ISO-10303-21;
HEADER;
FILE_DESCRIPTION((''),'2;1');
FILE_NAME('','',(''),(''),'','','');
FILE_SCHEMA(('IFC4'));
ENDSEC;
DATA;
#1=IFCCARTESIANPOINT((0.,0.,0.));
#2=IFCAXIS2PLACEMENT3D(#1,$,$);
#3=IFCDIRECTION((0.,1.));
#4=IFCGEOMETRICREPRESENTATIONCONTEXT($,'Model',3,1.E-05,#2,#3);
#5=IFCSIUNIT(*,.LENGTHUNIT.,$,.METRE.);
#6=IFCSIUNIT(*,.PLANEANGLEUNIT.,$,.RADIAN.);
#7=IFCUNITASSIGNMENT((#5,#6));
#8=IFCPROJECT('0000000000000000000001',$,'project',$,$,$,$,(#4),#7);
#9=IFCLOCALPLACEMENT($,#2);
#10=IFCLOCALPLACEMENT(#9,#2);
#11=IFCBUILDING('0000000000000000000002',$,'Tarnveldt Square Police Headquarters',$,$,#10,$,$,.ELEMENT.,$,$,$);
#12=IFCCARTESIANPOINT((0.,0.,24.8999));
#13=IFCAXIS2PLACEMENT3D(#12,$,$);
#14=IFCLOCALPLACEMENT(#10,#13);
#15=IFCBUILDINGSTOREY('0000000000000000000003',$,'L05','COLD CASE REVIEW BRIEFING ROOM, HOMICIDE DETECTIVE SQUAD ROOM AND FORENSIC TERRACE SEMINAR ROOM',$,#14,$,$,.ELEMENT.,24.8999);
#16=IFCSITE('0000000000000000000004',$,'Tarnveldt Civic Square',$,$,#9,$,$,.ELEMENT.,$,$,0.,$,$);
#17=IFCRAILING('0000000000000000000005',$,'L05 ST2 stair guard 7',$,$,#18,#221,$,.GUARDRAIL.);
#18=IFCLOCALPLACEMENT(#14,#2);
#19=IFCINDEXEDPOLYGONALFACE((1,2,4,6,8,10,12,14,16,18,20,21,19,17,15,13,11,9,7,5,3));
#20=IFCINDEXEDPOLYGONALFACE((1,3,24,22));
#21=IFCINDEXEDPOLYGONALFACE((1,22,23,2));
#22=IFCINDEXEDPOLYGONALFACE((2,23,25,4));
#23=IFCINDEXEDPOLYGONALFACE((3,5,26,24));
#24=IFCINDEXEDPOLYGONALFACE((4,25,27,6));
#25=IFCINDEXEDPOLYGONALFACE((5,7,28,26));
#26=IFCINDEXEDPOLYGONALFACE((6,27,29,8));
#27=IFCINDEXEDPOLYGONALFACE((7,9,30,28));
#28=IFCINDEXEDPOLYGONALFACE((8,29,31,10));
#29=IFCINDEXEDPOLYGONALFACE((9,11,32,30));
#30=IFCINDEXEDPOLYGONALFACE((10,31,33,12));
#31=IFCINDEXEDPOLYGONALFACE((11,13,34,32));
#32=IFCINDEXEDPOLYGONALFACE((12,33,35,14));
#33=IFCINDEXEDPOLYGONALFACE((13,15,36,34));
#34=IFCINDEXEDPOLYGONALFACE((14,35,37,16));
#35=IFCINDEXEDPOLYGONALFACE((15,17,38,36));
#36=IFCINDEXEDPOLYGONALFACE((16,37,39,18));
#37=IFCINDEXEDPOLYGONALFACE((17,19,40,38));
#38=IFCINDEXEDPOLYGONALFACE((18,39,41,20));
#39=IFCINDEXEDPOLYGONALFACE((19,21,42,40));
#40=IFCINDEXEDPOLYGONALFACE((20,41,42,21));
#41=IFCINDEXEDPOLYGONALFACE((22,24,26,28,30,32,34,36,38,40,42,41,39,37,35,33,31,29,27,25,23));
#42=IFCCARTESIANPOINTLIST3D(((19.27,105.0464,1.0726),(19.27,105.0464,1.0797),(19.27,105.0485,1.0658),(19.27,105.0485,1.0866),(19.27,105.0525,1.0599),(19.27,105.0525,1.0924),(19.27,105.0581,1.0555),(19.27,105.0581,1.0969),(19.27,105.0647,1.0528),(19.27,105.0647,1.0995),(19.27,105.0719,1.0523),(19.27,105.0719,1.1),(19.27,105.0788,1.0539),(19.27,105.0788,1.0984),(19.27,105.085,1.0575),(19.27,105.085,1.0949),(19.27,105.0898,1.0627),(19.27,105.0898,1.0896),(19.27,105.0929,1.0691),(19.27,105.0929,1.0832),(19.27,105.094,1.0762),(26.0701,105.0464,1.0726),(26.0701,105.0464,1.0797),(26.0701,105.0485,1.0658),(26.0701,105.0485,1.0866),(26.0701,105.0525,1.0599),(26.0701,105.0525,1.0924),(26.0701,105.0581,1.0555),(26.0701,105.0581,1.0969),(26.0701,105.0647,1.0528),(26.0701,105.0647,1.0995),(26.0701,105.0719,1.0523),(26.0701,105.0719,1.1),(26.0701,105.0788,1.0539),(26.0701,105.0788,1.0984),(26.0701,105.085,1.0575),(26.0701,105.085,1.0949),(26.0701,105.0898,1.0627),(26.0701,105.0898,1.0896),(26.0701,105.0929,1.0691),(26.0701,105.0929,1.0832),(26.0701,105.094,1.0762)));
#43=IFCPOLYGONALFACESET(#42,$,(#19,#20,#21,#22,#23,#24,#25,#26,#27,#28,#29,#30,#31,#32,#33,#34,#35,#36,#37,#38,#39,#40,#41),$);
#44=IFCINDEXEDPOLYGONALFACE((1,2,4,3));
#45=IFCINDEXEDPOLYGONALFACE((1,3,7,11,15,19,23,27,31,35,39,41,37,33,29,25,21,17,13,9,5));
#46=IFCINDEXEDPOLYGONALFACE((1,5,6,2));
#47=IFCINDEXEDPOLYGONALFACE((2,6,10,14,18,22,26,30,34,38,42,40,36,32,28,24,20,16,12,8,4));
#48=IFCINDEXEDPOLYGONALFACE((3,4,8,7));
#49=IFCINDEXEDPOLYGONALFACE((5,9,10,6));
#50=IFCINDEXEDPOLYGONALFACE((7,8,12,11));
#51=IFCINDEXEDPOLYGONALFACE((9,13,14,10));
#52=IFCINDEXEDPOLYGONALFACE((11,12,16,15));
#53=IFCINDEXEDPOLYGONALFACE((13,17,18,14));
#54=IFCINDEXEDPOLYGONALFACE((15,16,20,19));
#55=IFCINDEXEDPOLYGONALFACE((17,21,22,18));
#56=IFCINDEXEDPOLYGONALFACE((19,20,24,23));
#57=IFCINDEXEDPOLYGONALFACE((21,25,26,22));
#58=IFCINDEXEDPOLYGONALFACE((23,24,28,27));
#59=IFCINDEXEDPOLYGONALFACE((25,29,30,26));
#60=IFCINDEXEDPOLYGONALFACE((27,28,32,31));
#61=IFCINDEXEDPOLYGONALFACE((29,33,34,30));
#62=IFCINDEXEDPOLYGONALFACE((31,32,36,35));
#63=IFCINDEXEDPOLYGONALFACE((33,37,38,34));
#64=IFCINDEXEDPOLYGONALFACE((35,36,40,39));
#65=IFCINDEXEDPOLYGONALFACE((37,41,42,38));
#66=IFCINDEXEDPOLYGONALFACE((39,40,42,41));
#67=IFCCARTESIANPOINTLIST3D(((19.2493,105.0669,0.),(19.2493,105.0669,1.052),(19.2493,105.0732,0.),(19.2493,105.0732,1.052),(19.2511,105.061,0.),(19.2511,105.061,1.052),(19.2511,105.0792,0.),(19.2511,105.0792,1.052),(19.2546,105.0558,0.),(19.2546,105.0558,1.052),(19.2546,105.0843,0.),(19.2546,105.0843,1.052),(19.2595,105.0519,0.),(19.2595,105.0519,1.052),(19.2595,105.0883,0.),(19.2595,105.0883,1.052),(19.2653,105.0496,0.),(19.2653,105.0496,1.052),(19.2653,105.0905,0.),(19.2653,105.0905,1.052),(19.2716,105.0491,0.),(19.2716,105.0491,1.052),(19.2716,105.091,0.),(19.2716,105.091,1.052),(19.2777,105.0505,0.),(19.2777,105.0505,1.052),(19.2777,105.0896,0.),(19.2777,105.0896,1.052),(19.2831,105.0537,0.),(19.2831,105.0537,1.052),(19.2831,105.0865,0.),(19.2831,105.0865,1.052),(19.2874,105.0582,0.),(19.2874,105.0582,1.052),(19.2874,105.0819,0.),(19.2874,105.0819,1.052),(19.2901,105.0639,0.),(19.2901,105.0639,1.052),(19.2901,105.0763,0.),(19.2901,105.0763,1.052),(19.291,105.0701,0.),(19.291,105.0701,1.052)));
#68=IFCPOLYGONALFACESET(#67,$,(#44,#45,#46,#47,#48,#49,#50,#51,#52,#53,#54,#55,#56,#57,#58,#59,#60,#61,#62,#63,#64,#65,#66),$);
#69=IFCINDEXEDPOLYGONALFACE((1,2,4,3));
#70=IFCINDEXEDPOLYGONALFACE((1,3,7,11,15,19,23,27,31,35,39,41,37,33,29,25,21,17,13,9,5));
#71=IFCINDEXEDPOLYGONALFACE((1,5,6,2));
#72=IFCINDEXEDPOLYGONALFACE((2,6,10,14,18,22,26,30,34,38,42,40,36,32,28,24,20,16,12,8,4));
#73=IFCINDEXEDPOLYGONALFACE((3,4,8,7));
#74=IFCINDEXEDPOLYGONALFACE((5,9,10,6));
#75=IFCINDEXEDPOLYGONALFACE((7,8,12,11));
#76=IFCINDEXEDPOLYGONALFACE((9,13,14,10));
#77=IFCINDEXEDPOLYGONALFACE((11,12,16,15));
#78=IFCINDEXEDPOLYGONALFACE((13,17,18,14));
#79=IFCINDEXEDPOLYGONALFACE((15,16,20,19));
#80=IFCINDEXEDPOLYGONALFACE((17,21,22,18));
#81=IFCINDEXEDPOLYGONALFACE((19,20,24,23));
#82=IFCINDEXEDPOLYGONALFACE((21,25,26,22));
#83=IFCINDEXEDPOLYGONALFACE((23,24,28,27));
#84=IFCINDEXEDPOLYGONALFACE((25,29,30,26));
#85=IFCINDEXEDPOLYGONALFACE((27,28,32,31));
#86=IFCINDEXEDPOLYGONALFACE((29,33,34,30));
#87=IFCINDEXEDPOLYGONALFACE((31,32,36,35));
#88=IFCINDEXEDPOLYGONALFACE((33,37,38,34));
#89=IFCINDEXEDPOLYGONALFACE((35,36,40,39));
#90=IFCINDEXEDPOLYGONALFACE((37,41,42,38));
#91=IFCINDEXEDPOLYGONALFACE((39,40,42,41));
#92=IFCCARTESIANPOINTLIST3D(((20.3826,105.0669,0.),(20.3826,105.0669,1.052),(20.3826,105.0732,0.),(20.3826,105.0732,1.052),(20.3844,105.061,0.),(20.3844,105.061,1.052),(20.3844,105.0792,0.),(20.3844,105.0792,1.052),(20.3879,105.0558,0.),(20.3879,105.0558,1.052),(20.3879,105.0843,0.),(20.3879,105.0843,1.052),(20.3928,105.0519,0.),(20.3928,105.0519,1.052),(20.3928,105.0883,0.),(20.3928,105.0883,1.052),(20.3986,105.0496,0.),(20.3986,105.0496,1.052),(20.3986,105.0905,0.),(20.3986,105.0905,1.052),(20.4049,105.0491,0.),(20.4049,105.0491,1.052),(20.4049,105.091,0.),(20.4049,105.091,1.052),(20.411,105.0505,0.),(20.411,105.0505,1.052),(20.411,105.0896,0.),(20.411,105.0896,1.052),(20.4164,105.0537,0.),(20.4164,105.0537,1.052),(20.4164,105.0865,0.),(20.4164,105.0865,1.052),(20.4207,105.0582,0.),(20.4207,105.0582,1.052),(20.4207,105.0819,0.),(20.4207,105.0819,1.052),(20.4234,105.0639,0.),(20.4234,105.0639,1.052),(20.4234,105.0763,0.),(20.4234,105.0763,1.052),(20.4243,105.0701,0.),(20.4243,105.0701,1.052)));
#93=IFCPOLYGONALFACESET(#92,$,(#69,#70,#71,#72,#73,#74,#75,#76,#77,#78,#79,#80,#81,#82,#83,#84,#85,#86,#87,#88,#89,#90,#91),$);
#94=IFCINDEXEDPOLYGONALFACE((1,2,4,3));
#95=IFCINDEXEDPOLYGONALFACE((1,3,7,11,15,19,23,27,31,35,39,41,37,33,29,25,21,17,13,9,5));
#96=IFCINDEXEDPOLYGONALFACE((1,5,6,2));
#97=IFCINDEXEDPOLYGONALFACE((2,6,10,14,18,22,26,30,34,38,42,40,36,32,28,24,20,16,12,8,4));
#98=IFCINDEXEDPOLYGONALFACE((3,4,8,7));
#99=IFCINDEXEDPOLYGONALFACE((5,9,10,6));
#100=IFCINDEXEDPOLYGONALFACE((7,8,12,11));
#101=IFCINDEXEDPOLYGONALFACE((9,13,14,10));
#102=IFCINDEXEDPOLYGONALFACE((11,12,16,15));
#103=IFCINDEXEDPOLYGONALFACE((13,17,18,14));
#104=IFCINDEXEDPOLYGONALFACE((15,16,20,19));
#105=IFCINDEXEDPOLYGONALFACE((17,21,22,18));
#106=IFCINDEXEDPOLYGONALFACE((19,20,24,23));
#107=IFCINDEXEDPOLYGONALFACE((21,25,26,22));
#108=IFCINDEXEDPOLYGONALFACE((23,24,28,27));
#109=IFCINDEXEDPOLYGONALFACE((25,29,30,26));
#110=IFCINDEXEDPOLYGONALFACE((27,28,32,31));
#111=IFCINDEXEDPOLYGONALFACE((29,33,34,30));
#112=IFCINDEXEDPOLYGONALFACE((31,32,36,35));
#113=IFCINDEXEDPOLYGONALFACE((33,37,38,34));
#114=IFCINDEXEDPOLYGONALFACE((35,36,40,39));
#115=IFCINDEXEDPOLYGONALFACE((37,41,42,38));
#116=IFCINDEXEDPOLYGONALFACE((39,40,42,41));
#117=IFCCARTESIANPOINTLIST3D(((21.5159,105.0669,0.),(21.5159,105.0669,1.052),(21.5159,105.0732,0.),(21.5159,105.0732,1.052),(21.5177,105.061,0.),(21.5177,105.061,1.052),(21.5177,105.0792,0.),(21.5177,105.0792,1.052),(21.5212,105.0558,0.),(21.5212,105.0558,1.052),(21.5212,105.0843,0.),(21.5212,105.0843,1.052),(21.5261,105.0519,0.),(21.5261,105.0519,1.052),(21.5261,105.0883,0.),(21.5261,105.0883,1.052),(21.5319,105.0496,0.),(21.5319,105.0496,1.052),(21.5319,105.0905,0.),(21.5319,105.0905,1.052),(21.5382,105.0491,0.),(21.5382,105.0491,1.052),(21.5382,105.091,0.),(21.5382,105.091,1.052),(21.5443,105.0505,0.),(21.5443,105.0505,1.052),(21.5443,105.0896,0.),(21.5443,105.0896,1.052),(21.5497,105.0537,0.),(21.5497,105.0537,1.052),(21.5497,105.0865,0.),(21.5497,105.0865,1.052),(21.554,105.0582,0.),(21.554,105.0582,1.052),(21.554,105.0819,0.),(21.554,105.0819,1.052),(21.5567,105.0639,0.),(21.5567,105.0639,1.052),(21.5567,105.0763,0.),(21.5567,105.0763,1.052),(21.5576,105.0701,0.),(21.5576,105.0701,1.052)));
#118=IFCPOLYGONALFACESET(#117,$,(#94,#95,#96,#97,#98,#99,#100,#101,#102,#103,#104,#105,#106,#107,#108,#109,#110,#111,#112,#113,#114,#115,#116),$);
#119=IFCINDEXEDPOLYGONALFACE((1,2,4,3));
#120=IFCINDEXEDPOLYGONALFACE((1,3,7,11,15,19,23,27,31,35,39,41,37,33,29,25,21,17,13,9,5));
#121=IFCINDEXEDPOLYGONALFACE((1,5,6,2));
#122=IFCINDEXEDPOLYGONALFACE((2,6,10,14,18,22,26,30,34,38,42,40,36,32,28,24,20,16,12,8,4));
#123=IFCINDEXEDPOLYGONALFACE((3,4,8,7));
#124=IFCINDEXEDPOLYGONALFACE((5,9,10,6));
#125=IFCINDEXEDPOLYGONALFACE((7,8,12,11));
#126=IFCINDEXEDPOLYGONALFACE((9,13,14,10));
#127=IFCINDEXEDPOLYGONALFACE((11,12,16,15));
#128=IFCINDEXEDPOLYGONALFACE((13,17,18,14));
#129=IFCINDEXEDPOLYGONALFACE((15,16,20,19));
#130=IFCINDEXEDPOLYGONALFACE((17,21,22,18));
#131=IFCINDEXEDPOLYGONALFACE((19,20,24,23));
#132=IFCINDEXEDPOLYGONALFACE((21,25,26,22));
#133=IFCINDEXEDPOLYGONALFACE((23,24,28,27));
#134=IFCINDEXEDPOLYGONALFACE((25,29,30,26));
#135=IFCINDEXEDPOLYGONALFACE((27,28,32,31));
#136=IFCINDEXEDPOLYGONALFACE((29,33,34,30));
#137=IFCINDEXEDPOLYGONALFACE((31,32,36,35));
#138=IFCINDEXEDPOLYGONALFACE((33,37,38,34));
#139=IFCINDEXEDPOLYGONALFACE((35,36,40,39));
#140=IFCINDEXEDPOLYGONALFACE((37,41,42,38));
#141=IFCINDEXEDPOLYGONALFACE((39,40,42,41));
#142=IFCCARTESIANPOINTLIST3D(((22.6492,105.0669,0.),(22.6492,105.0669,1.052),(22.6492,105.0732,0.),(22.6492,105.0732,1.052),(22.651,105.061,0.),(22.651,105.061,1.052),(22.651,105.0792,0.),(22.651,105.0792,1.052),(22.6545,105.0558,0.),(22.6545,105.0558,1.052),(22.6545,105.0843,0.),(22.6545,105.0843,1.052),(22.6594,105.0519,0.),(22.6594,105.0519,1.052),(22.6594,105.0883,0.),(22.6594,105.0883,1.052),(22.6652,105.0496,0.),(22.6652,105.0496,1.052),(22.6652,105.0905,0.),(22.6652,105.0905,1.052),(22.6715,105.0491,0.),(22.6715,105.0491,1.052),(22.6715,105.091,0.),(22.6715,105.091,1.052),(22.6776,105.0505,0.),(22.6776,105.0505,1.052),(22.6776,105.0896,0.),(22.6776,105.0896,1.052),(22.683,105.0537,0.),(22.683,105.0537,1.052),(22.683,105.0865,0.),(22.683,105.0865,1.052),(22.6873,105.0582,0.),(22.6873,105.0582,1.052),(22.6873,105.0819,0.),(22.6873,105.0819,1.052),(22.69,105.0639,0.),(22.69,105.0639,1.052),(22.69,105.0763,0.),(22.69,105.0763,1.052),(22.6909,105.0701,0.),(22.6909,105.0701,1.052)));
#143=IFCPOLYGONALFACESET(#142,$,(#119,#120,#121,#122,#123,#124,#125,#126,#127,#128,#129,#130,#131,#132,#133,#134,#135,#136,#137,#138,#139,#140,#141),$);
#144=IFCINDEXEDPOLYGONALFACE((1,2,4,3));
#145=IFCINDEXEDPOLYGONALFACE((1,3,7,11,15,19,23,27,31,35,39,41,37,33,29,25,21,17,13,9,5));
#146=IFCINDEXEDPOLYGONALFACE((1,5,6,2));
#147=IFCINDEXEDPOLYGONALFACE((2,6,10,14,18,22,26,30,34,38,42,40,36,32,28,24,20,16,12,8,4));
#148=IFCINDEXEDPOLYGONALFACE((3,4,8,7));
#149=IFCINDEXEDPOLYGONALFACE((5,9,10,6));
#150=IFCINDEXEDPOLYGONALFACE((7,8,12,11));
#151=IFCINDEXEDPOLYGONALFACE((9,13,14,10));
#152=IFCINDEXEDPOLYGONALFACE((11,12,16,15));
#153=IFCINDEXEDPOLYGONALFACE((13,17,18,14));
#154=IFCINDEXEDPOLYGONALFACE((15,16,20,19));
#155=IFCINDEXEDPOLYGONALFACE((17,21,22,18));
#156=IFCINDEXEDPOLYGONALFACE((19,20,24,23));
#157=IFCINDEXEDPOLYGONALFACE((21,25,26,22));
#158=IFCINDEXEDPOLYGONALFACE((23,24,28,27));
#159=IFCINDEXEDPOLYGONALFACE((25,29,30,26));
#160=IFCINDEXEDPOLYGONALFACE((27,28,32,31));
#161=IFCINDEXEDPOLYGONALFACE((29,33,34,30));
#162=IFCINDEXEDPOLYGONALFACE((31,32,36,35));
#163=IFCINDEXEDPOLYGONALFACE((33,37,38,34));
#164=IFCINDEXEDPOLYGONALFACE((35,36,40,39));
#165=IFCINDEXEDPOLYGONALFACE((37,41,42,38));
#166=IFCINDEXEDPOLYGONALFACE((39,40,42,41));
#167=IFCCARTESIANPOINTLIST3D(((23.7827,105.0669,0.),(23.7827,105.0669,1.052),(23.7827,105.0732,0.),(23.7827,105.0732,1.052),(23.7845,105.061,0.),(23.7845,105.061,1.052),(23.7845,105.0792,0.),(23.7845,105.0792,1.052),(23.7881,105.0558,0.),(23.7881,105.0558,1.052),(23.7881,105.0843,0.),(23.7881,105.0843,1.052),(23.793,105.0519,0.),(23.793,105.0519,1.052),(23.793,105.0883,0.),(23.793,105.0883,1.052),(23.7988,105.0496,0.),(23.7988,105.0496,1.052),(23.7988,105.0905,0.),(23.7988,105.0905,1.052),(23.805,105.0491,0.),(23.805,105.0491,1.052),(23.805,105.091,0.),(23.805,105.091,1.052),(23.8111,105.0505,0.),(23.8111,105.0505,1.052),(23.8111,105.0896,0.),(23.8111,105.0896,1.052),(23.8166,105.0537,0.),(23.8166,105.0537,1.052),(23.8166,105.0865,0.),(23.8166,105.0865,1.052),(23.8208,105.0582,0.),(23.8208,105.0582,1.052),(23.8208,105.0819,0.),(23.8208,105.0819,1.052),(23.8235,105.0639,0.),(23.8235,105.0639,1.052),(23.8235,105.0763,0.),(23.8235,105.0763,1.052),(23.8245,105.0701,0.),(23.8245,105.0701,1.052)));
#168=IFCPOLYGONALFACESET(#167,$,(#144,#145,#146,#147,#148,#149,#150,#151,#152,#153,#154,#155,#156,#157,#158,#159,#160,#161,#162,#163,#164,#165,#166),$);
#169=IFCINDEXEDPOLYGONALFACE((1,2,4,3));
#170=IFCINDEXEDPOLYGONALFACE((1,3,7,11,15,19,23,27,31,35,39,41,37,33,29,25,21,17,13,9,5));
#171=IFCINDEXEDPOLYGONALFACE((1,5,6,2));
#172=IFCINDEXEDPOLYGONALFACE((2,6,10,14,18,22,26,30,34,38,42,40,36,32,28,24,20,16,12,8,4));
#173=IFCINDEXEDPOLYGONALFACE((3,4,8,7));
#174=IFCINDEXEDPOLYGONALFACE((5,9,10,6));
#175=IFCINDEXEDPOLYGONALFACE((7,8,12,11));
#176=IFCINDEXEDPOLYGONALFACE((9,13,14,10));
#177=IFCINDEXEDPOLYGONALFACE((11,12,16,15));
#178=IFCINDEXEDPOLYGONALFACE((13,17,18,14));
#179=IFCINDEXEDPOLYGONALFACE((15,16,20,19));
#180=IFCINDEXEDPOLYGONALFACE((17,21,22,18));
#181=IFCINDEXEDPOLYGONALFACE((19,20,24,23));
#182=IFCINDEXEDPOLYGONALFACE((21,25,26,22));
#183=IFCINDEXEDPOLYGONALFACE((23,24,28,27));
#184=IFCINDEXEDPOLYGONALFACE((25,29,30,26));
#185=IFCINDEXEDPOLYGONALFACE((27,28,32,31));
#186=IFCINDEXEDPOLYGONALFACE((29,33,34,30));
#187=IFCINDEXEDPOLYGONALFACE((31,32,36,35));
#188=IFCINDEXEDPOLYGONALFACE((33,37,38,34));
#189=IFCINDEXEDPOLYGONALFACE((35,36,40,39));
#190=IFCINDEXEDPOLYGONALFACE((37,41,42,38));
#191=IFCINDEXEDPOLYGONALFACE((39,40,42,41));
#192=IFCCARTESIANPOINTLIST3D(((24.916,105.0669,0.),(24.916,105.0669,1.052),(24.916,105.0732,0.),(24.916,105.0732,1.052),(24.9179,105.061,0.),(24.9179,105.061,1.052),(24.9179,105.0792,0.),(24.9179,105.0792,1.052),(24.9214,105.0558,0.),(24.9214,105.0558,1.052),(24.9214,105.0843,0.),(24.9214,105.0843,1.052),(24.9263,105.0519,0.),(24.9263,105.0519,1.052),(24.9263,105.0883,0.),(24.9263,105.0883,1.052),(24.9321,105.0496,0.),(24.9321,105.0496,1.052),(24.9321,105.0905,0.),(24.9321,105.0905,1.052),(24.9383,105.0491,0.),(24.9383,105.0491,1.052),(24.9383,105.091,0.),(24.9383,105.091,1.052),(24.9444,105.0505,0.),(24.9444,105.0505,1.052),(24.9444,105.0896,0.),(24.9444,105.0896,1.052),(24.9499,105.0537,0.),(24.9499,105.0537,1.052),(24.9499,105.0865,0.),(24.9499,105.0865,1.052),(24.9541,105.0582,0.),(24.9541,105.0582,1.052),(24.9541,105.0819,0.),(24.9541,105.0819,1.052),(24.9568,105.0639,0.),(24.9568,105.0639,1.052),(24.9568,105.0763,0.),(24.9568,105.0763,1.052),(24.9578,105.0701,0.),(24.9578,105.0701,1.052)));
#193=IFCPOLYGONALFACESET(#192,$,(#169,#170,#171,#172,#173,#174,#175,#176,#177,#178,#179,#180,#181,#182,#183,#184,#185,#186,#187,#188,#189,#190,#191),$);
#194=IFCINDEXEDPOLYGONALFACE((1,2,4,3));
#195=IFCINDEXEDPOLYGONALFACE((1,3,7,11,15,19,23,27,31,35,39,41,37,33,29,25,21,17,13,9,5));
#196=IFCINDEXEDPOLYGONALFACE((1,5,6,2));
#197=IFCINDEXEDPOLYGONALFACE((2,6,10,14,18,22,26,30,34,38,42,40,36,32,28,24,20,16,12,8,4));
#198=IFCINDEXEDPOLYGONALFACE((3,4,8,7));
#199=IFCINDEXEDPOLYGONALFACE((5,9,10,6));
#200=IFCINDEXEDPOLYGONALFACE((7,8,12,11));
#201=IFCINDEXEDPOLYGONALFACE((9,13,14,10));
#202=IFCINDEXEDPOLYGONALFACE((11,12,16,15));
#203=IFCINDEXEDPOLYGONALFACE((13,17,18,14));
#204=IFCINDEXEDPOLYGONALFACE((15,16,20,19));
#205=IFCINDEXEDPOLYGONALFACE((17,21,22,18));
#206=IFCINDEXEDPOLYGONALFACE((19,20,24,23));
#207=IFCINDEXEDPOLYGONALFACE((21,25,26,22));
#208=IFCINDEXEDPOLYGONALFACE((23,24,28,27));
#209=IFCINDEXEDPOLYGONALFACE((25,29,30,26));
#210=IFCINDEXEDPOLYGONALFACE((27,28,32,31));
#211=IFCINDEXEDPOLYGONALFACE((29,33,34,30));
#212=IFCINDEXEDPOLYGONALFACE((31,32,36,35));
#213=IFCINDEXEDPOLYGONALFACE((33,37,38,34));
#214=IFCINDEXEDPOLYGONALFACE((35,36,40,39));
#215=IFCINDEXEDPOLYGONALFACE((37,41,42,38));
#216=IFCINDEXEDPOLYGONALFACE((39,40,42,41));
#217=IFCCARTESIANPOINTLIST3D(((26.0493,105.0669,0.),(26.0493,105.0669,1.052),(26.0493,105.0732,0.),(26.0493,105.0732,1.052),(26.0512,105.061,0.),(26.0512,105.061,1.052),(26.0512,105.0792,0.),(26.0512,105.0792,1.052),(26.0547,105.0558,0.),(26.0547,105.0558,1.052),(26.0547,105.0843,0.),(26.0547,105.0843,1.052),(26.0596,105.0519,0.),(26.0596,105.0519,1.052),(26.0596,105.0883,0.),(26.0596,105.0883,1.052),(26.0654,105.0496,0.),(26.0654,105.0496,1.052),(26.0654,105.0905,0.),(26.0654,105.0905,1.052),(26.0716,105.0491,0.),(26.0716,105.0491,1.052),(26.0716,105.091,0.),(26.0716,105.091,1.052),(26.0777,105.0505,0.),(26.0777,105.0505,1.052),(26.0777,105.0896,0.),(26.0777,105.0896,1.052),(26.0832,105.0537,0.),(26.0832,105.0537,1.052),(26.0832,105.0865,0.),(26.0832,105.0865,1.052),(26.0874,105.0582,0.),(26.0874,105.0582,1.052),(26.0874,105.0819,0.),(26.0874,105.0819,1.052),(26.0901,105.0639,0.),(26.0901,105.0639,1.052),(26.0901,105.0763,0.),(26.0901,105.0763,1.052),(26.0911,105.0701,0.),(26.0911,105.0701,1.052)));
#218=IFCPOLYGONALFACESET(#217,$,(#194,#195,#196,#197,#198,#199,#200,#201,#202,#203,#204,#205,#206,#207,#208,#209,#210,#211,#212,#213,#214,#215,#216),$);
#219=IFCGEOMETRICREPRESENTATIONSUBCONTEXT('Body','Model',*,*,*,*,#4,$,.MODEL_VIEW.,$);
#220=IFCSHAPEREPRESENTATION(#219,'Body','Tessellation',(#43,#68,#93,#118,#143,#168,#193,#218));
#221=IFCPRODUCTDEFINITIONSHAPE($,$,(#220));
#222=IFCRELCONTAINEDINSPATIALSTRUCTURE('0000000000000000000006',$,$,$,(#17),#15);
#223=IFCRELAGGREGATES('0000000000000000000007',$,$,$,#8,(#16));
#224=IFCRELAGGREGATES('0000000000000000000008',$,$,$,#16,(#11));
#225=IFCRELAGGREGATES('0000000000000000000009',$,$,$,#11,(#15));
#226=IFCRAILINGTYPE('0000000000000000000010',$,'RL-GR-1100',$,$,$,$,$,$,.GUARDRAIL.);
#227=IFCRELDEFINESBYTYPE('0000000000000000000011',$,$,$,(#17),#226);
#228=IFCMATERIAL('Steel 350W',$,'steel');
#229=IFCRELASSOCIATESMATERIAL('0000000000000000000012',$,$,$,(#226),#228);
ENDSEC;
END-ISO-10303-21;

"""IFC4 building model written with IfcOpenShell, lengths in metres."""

from ifc_helpers import new_model, si_unit, direction, frame, origin, origin_2d, place, context, subcontext, project, spatial, circle, extrude, material, type_object, element, save


model = new_model("IFC4")

# Units and contexts
model_context = context("Model", 3, precision=1e-05, world=origin(), true_north=direction((0.0, 1.0)))
body_context = subcontext(model_context, "Body", "Model", "MODEL_VIEW")
ifc_project = project(units=[si_unit("LENGTHUNIT", "METRE"), si_unit("PLANEANGLEUNIT", "RADIAN")], contexts=[model_context])

# Site, building, storey
site_placement = place(None, origin())
site = spatial("IfcSite", under=ifc_project, at=site_placement, Name="Tarnveldt Civic Square", CompositionType="ELEMENT", RefElevation=0.0)
building_placement = place(site_placement, origin())
building = spatial("IfcBuilding", under=site, at=building_placement, Name="Tarnveldt Square Police Headquarters", CompositionType="ELEMENT")
storey_placement = place(building_placement, frame((0.0, 0.0, 24.8999)))
storey = spatial("IfcBuildingStorey", under=building, at=storey_placement, Name="L05", Description="COLD CASE REVIEW BRIEFING ROOM, HOMICIDE DETECTIVE SQUAD ROOM AND FORENSIC TERRACE SEMINAR ROOM", CompositionType="ELEMENT", Elevation=24.8999)

# Shared definitions
ifc_material_1 = material(Name="Steel 350W", Category="steel")

# Railing
railing_type_1 = type_object("IfcRailingType", Name="RL-GR-1100", PredefinedType="GUARDRAIL", material=ifc_material_1)
railing_1_placement = place(storey_placement, frame((19.27, 105.0701, 0.0)))
element("IfcRailing", 1, at=railing_1_placement, inside=storey, type_object=railing_type_1, Name="L05 ST2 stair guard 7", PredefinedType="GUARDRAIL", context=body_context, shape_type="SweptSolid", body=[
    extrude(circle(Radius=0.0239, at=origin_2d()), frame((0.0, 0.0, 1.0762), z_axis=(1.0, 0.0, 0.0), x_axis=(0.0, 1.0, 0.0)), (0.0, 0.0, 1.0), 6.8),
    extrude(circle(Radius=0.021, at=origin_2d()), origin(), (0.0, 0.0, 1.0), 1.052),
    extrude(circle(Radius=0.021, at=origin_2d()), frame((1.1333, 0.0, 0.0)), (0.0, 0.0, 1.0), 1.052),
    extrude(circle(Radius=0.021, at=origin_2d()), frame((2.2666, 0.0, 0.0)), (0.0, 0.0, 1.0), 1.052),
    extrude(circle(Radius=0.021, at=origin_2d()), frame((3.3999, 0.0, 0.0)), (0.0, 0.0, 1.0), 1.052),
    extrude(circle(Radius=0.021, at=origin_2d()), frame((4.5334, 0.0, 0.0)), (0.0, 0.0, 1.0), 1.052),
    extrude(circle(Radius=0.021, at=origin_2d()), frame((5.6667, 0.0, 0.0)), (0.0, 0.0, 1.0), 1.052),
    extrude(circle(Radius=0.021, at=origin_2d()), frame((6.8, 0.0, 0.0)), (0.0, 0.0, 1.0), 1.052),
])

save(model, "model.ifc")
